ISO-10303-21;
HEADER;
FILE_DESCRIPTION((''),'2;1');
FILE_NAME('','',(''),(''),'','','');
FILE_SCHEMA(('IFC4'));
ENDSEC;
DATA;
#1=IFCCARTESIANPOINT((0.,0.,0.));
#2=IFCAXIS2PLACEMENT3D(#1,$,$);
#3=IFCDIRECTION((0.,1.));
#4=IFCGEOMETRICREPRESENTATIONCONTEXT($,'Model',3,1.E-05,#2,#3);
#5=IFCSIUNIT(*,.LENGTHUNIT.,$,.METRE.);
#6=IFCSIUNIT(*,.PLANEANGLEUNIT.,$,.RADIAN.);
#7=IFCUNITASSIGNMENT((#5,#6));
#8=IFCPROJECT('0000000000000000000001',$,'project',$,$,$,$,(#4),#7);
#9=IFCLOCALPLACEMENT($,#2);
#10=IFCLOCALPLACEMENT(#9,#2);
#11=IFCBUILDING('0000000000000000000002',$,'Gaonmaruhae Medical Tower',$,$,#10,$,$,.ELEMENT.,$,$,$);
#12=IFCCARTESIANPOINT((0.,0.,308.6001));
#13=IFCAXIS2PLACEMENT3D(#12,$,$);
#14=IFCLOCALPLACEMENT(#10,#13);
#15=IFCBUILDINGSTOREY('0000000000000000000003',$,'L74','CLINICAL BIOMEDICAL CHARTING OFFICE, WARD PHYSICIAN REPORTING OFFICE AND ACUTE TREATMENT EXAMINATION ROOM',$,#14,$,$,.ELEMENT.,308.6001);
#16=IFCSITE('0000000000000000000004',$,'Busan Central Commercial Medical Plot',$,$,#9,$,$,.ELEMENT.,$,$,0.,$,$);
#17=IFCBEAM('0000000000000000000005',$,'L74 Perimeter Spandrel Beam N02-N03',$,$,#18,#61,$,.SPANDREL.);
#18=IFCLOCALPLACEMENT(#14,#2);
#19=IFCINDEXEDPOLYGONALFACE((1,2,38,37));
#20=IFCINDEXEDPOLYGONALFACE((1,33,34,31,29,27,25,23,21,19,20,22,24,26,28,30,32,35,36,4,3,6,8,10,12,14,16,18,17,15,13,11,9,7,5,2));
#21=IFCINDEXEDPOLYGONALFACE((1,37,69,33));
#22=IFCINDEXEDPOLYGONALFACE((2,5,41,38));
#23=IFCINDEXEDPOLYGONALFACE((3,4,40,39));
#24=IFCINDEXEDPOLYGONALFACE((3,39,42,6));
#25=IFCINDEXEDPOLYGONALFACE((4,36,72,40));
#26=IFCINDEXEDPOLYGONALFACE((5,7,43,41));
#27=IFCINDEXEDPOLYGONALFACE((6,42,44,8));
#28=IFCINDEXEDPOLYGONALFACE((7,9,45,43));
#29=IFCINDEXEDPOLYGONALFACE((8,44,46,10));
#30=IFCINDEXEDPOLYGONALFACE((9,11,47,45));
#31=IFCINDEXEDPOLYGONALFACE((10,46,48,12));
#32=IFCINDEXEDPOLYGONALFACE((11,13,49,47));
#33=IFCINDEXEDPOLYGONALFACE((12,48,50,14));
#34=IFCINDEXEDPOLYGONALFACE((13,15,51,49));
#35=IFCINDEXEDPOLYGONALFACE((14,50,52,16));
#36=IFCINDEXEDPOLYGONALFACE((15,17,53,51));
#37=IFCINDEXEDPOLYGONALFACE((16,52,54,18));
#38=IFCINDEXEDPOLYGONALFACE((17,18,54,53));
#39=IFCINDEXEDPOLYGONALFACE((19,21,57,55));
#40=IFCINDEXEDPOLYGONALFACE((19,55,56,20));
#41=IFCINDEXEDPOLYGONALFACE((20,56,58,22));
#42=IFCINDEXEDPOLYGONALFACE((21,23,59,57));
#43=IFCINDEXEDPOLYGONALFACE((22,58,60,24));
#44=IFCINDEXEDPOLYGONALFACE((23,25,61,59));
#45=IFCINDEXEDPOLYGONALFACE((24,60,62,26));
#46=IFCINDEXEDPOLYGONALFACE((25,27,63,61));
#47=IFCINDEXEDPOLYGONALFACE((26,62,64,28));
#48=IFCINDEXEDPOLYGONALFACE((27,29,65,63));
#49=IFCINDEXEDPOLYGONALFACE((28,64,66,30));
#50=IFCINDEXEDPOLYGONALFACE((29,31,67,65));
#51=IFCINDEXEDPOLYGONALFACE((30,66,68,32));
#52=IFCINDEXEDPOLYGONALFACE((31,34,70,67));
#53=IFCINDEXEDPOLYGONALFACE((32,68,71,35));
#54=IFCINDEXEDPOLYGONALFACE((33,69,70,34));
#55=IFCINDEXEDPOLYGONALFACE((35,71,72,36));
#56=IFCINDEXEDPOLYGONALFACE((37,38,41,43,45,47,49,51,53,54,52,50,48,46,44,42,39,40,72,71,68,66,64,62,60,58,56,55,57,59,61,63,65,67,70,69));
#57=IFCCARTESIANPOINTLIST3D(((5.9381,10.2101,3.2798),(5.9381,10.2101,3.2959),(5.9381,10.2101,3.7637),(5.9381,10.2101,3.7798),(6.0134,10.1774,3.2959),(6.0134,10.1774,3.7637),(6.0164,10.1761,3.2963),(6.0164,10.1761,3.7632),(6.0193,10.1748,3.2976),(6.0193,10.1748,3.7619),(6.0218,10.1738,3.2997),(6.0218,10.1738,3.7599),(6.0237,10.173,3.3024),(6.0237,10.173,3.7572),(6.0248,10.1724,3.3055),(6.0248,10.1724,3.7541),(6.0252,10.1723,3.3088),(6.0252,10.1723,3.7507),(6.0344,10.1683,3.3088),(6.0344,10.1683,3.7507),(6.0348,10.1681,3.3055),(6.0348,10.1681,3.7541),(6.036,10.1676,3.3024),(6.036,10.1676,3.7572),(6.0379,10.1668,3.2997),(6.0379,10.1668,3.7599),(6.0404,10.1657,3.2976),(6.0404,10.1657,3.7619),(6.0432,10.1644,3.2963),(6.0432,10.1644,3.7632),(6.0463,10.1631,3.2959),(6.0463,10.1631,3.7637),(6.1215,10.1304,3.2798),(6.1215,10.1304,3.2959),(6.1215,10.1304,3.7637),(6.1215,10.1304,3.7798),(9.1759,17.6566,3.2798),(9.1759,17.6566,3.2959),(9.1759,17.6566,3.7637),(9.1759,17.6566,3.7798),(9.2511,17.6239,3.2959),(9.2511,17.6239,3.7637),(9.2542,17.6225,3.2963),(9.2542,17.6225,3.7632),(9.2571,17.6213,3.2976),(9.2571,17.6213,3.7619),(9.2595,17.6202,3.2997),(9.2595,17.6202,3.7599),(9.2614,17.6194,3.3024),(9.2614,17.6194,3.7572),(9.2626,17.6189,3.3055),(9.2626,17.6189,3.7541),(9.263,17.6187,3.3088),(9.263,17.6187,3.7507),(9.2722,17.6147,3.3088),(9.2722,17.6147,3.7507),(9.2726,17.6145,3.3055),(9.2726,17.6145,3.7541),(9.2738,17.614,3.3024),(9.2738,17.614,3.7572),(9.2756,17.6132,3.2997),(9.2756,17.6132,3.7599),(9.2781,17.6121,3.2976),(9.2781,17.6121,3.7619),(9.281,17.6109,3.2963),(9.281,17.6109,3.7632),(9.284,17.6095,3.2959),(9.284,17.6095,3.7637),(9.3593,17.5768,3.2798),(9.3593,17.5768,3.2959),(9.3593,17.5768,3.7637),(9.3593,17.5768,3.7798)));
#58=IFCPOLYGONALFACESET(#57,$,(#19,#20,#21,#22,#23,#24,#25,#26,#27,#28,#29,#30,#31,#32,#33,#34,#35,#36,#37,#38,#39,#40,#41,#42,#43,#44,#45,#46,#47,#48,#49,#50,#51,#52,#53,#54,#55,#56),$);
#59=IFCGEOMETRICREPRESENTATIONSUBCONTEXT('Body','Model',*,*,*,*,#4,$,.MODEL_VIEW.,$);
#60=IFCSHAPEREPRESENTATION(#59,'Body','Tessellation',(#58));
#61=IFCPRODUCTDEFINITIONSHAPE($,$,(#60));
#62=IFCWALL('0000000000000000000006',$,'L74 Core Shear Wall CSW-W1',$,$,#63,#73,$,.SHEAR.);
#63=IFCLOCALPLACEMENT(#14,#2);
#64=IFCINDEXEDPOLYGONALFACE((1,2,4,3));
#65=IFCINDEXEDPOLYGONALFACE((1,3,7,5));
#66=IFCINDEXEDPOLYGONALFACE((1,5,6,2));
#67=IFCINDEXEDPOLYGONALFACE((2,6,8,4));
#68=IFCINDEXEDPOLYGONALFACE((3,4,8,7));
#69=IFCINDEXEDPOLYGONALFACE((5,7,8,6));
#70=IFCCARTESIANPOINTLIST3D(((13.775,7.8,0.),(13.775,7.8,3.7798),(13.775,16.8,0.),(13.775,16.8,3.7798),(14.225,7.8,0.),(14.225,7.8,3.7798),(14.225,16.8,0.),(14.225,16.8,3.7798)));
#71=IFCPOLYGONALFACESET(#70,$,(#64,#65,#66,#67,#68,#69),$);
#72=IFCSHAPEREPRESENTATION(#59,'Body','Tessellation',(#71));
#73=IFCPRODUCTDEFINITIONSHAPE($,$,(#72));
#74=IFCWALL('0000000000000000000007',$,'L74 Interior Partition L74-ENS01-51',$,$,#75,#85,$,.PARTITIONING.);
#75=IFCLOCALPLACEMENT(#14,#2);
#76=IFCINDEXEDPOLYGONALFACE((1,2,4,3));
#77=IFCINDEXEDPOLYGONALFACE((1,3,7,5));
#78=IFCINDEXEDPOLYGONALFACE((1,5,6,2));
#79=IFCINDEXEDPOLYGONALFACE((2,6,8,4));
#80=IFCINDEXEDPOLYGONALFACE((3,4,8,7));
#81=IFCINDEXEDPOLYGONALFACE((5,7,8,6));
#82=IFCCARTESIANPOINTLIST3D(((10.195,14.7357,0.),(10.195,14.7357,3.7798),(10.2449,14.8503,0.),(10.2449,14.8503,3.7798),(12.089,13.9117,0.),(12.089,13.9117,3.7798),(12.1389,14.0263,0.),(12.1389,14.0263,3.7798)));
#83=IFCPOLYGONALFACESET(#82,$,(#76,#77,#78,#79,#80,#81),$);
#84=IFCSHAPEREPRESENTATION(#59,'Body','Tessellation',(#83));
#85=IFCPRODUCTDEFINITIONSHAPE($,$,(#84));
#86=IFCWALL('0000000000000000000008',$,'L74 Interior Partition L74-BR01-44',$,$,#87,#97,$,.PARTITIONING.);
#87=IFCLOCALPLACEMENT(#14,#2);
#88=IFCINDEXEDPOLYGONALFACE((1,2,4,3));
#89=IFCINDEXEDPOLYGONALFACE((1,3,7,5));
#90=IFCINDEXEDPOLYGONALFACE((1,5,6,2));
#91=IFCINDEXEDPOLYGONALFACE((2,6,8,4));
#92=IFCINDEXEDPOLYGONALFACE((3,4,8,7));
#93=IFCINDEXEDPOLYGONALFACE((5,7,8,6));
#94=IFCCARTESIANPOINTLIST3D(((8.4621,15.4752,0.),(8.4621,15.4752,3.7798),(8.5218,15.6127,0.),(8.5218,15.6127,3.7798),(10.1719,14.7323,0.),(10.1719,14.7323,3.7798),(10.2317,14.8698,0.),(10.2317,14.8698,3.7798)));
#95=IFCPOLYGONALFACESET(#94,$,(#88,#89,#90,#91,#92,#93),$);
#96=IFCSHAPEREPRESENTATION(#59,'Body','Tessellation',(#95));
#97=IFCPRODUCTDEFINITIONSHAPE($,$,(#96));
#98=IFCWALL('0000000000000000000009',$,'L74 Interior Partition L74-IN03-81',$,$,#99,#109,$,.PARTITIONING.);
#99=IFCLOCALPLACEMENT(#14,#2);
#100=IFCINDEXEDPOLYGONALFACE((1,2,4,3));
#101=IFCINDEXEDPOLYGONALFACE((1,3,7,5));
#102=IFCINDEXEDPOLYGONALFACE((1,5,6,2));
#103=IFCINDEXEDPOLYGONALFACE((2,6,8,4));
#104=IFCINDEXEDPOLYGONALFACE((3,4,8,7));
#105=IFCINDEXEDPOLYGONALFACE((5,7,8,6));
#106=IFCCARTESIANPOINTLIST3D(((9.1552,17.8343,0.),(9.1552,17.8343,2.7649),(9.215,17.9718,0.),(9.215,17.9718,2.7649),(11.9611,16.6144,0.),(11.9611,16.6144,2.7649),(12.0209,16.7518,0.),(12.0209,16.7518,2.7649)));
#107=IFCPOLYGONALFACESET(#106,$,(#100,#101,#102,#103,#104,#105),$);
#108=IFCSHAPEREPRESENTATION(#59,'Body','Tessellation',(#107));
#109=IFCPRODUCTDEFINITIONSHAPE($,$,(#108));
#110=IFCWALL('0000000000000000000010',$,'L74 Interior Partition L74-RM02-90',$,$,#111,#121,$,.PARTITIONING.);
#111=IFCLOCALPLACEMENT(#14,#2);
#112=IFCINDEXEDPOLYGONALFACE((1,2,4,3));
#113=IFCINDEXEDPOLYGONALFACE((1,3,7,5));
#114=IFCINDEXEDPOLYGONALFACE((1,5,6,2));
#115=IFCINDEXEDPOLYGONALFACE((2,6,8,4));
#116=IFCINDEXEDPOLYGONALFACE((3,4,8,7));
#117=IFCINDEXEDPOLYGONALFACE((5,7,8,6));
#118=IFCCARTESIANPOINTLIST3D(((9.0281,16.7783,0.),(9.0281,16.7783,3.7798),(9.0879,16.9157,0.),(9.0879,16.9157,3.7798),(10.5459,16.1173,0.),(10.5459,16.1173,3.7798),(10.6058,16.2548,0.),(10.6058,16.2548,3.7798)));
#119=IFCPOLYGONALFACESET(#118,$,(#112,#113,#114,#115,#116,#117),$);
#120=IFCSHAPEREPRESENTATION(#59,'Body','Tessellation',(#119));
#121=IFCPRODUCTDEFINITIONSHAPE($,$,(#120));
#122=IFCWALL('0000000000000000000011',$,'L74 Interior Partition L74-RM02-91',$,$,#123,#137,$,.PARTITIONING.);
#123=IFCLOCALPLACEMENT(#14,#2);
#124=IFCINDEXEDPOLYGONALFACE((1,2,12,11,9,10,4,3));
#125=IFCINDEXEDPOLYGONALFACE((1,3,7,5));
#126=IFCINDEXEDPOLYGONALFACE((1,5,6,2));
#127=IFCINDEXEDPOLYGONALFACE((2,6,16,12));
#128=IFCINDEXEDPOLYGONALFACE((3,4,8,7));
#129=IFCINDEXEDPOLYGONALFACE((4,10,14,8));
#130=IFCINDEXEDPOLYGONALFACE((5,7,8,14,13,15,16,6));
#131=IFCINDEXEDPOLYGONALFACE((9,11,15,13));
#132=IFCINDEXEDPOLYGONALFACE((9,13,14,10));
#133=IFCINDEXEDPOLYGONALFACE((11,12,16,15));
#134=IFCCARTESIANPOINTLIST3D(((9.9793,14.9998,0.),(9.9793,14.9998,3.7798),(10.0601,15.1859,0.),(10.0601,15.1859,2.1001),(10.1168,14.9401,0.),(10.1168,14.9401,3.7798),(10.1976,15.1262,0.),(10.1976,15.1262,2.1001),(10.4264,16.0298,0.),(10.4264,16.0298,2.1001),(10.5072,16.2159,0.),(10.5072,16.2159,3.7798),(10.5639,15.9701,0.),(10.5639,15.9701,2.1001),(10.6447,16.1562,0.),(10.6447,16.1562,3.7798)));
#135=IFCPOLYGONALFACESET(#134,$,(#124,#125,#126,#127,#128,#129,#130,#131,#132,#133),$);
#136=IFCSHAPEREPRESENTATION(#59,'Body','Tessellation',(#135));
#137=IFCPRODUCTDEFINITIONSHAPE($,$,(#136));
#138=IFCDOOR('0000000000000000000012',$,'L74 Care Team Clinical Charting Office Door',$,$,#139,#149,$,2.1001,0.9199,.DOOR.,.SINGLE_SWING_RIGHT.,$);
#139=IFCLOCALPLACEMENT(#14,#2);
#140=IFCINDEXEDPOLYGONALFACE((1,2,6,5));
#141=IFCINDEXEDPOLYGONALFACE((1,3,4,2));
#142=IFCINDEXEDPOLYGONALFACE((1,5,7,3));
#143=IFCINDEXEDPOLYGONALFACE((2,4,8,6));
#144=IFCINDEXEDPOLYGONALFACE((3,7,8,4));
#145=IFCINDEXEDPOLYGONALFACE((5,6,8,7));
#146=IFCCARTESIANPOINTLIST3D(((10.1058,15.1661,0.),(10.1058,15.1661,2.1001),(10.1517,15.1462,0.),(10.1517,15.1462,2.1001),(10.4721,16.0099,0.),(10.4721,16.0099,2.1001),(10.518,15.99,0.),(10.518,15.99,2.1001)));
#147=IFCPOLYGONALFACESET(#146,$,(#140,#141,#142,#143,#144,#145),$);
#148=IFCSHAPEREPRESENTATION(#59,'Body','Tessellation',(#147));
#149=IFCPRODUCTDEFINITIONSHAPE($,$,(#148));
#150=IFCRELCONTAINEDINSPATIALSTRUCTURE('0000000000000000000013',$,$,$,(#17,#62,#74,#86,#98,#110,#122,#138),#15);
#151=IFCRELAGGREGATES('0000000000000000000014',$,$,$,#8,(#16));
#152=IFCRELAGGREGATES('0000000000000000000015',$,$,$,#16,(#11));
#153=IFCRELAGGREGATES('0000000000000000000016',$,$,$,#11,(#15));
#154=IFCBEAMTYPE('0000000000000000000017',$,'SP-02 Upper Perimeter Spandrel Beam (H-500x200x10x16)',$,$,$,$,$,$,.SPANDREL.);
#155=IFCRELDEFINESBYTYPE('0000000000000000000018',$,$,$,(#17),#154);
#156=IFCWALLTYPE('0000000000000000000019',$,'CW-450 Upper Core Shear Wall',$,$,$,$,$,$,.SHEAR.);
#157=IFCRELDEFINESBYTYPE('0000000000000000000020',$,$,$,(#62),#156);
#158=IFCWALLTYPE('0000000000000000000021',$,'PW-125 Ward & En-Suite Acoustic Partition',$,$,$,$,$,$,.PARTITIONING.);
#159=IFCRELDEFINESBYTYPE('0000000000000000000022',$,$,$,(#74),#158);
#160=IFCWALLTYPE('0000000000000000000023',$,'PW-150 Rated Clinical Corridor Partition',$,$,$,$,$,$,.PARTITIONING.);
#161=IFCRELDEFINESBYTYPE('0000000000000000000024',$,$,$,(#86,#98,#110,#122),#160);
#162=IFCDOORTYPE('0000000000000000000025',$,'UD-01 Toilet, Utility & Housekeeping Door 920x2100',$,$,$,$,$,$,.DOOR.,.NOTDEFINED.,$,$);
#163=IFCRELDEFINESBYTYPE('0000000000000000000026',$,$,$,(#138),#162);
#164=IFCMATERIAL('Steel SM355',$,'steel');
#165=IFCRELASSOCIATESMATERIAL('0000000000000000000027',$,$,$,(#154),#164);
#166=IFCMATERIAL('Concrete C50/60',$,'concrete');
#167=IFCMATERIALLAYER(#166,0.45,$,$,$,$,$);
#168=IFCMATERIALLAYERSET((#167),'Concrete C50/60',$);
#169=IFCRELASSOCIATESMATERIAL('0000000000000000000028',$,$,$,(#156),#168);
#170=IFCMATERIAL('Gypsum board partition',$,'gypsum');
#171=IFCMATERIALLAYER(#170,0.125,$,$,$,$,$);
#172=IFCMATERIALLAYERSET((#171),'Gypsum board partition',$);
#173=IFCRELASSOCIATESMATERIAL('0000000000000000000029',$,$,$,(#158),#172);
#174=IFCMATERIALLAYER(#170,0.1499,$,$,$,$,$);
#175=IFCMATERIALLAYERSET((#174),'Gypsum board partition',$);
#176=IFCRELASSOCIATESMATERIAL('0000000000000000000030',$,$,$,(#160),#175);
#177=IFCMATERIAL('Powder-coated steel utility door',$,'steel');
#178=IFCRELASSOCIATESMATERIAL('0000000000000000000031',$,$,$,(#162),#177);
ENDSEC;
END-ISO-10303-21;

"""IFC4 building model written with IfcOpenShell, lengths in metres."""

from ifc_helpers import new_model, si_unit, direction, frame, frame_2d, origin, origin_2d, place, context, subcontext, project, spatial, rectangle, i_section, extrude, material, layer, layer_set, material_profile, profile_set, type_object, element, fill, save


model = new_model("IFC4")

# Units and contexts
model_context = context("Model", 3, precision=1e-05, world=origin(), true_north=direction((0.0, 1.0)))
body_context = subcontext(model_context, "Body", "Model", "MODEL_VIEW")
ifc_project = project(units=[si_unit("LENGTHUNIT", "METRE"), si_unit("PLANEANGLEUNIT", "RADIAN")], contexts=[model_context])

# Site, building, storey
site_placement = place(None, origin())
site = spatial("IfcSite", under=ifc_project, at=site_placement, Name="Busan Central Commercial Medical Plot", CompositionType="ELEMENT", RefElevation=0.0)
building_placement = place(site_placement, origin())
building = spatial("IfcBuilding", under=site, at=building_placement, Name="Gaonmaruhae Medical Tower", CompositionType="ELEMENT")
storey_placement = place(building_placement, frame((0.0, 0.0, 308.6001)))
storey = spatial("IfcBuildingStorey", under=building, at=storey_placement, Name="L74", Description="CLINICAL BIOMEDICAL CHARTING OFFICE, WARD PHYSICIAN REPORTING OFFICE AND ACUTE TREATMENT EXAMINATION ROOM", CompositionType="ELEMENT", Elevation=308.6001)

# Shared definitions
ifc_material_1 = material(Name="Concrete C50/60", Category="concrete")

# Beam
ifc_material_2 = material(Name="Steel SM355", Category="steel")
ifc_material_profile_1 = material_profile(ifc_material_2, i_section(OverallWidth=0.2, OverallDepth=0.5, WebThickness=0.01, FlangeThickness=0.0161, FilletRadius=0.0129, at=origin_2d()), Name="H-500x200x10x16")
ifc_profile_set_1 = profile_set([ifc_material_profile_1], Name="Steel SM355")
beam_type_1 = type_object("IfcBeamType", Name="SP-02 Upper Perimeter Spandrel Beam (H-500x200x10x16)", PredefinedType="SPANDREL", material=ifc_profile_set_1)
beam_1_placement = place(storey_placement, frame((9.2676, 17.6167, 3.5298), z_axis=(-0.398744, -0.917062, 0.0), x_axis=(0.917062, -0.398744, 0.0)))
element("IfcBeam", 1, at=beam_1_placement, inside=storey, type_object=beam_type_1, Name="L74 Perimeter Spandrel Beam N02-N03", PredefinedType="SPANDREL", context=body_context, shape_type="SweptSolid", body=[
    extrude(i_section(OverallWidth=0.2, OverallDepth=0.5, WebThickness=0.01, FlangeThickness=0.0161, FilletRadius=0.0129, at=origin_2d()), origin(), (0.0, 0.0, 1.0), 8.1199),
])

# Walls
ifc_layer_1 = layer(ifc_material_1, 0.45)
ifc_layer_set_1 = layer_set([ifc_layer_1], Name="Concrete C50/60")
wall_type_1 = type_object("IfcWallType", Name="CW-450 Upper Core Shear Wall", PredefinedType="SHEAR", material=ifc_layer_set_1)
wall_1_placement = place(storey_placement, frame((14.0, 16.8, 0.0), z_axis=(0.0, 0.0, 1.0), x_axis=(0.0, -1.0, 0.0)))
element("IfcWall", 2, at=wall_1_placement, inside=storey, type_object=wall_type_1, Name="L74 Core Shear Wall CSW-W1", PredefinedType="SHEAR", context=body_context, shape_type="SweptSolid", body=[
    extrude(rectangle(XDim=9.0, YDim=0.45, at=frame_2d((4.5, 0.0))), origin(), (0.0, 0.0, 1.0), 3.7798),
])
ifc_material_3 = material(Name="Gypsum board partition", Category="gypsum")
ifc_layer_2 = layer(ifc_material_3, 0.125)
ifc_layer_set_2 = layer_set([ifc_layer_2], Name="Gypsum board partition")
wall_type_2 = type_object("IfcWallType", Name="PW-125 Ward & En-Suite Acoustic Partition", PredefinedType="PARTITIONING", material=ifc_layer_set_2)
wall_2_placement = place(storey_placement, frame((10.22, 14.793, 0.0), z_axis=(0.0, 0.0, 1.0), x_axis=(0.916985, -0.398921, 0.0)))
element("IfcWall", 3, at=wall_2_placement, inside=storey, type_object=wall_type_2, Name="L74 Interior Partition L74-ENS01-51", PredefinedType="PARTITIONING", context=body_context, shape_type="SweptSolid", body=[
    extrude(rectangle(XDim=2.0654, YDim=0.125, at=frame_2d((1.0327, 0.0))), origin(), (0.0, 0.0, 1.0), 3.7798),
])

# Shared definitions
ifc_layer_3 = layer(ifc_material_3, 0.1499)
ifc_layer_set_3 = layer_set([ifc_layer_3], Name="Gypsum board partition")
wall_type_3 = type_object("IfcWallType", Name="PW-150 Rated Clinical Corridor Partition", PredefinedType="PARTITIONING", material=ifc_layer_set_3)

# Walls
wall_3_placement = place(storey_placement, frame((8.4919, 15.5439, 0.0), z_axis=(0.0, 0.0, 1.0), x_axis=(0.917176, -0.398482, 0.0)))
element("IfcWall", 4, at=wall_3_placement, inside=storey, type_object=wall_type_3, Name="L74 Interior Partition L74-BR01-44", PredefinedType="PARTITIONING", context=body_context, shape_type="SweptSolid", body=[
    extrude(rectangle(XDim=1.8643, YDim=0.1499, at=frame_2d((0.9321, 0.0))), origin(), (0.0, 0.0, 1.0), 3.7798),
])
wall_4_placement = place(storey_placement, frame((11.991, 16.6831, 0.0), z_axis=(0.0, 0.0, 1.0), x_axis=(-0.917069, 0.398729, 0.0)))
element("IfcWall", 5, at=wall_4_placement, inside=storey, type_object=wall_type_3, Name="L74 Interior Partition L74-IN03-81", PredefinedType="PARTITIONING", context=body_context, shape_type="SweptSolid", body=[
    extrude(rectangle(XDim=3.0596, YDim=0.1499, at=frame_2d((1.5298, 0.0))), origin(), (0.0, 0.0, 1.0), 2.7649),
])
wall_5_placement = place(storey_placement, frame((9.0581, 16.8469, 0.0), z_axis=(0.0, 0.0, 1.0), x_axis=(0.916857, -0.399217, 0.0)))
element("IfcWall", 6, at=wall_5_placement, inside=storey, type_object=wall_type_3, Name="L74 Interior Partition L74-RM02-90", PredefinedType="PARTITIONING", context=body_context, shape_type="SweptSolid", body=[
    extrude(rectangle(XDim=1.6555, YDim=0.1499, at=frame_2d((0.8276, 0.0))), origin(), (0.0, 0.0, 1.0), 3.7798),
])

# Wall, opening, door
wall_6_placement = place(storey_placement, frame((10.5759, 16.186, 0.0), z_axis=(0.0, 0.0, 1.0), x_axis=(-0.39816, -0.917316, 0.0)))
wall_6 = element("IfcWall", 7, at=wall_6_placement, inside=storey, type_object=wall_type_3, Name="L74 Interior Partition L74-RM02-91", PredefinedType="PARTITIONING", context=body_context, shape_type="SweptSolid", body=[
    extrude(rectangle(XDim=1.3257, YDim=0.1499, at=frame_2d((0.6628, 0.0))), origin(), (0.0, 0.0, 1.0), 3.7798),
])
opening_1_placement = place(wall_6_placement, frame((0.2029, 0.0, 0.0)))
opening_1 = element("IfcOpeningElement", 8, at=opening_1_placement, cuts=wall_6, PredefinedType="OPENING", context=body_context, shape_type="SweptSolid", body=[
    extrude(rectangle(XDim=0.9199, YDim=2.1001, at=frame_2d((0.46, 1.05))), frame((0.0, 0.085, 0.0), z_axis=(0.0, -1.0, 0.0), x_axis=(1.0, 0.0, 0.0)), (0.0, 0.0, 1.0), 0.1699),
])
ifc_material_4 = material(Name="Powder-coated steel utility door", Category="steel")
door_type_1 = type_object("IfcDoorType", Name="UD-01 Toilet, Utility & Housekeeping Door 920x2100", OperationType="NOTDEFINED", PredefinedType="DOOR", material=ifc_material_4)
door_1_placement = place(opening_1_placement, origin())
door_1 = element("IfcDoor", 9, at=door_1_placement, inside=storey, type_object=door_type_1, Name="L74 Care Team Clinical Charting Office Door", OperationType="SINGLE_SWING_RIGHT", OverallHeight=2.1001, OverallWidth=0.9199, PredefinedType="DOOR", context=body_context, shape_type="SweptSolid", body=[
    extrude(rectangle(XDim=0.9199, YDim=2.1001, at=frame_2d((0.46, 1.05))), frame((0.0, 0.0249, 0.0), z_axis=(0.0, -1.0, 0.0), x_axis=(1.0, 0.0, 0.0)), (0.0, 0.0, 1.0), 0.05),
])
fill(opening_1, door_1)

save(model, "model.ifc")
